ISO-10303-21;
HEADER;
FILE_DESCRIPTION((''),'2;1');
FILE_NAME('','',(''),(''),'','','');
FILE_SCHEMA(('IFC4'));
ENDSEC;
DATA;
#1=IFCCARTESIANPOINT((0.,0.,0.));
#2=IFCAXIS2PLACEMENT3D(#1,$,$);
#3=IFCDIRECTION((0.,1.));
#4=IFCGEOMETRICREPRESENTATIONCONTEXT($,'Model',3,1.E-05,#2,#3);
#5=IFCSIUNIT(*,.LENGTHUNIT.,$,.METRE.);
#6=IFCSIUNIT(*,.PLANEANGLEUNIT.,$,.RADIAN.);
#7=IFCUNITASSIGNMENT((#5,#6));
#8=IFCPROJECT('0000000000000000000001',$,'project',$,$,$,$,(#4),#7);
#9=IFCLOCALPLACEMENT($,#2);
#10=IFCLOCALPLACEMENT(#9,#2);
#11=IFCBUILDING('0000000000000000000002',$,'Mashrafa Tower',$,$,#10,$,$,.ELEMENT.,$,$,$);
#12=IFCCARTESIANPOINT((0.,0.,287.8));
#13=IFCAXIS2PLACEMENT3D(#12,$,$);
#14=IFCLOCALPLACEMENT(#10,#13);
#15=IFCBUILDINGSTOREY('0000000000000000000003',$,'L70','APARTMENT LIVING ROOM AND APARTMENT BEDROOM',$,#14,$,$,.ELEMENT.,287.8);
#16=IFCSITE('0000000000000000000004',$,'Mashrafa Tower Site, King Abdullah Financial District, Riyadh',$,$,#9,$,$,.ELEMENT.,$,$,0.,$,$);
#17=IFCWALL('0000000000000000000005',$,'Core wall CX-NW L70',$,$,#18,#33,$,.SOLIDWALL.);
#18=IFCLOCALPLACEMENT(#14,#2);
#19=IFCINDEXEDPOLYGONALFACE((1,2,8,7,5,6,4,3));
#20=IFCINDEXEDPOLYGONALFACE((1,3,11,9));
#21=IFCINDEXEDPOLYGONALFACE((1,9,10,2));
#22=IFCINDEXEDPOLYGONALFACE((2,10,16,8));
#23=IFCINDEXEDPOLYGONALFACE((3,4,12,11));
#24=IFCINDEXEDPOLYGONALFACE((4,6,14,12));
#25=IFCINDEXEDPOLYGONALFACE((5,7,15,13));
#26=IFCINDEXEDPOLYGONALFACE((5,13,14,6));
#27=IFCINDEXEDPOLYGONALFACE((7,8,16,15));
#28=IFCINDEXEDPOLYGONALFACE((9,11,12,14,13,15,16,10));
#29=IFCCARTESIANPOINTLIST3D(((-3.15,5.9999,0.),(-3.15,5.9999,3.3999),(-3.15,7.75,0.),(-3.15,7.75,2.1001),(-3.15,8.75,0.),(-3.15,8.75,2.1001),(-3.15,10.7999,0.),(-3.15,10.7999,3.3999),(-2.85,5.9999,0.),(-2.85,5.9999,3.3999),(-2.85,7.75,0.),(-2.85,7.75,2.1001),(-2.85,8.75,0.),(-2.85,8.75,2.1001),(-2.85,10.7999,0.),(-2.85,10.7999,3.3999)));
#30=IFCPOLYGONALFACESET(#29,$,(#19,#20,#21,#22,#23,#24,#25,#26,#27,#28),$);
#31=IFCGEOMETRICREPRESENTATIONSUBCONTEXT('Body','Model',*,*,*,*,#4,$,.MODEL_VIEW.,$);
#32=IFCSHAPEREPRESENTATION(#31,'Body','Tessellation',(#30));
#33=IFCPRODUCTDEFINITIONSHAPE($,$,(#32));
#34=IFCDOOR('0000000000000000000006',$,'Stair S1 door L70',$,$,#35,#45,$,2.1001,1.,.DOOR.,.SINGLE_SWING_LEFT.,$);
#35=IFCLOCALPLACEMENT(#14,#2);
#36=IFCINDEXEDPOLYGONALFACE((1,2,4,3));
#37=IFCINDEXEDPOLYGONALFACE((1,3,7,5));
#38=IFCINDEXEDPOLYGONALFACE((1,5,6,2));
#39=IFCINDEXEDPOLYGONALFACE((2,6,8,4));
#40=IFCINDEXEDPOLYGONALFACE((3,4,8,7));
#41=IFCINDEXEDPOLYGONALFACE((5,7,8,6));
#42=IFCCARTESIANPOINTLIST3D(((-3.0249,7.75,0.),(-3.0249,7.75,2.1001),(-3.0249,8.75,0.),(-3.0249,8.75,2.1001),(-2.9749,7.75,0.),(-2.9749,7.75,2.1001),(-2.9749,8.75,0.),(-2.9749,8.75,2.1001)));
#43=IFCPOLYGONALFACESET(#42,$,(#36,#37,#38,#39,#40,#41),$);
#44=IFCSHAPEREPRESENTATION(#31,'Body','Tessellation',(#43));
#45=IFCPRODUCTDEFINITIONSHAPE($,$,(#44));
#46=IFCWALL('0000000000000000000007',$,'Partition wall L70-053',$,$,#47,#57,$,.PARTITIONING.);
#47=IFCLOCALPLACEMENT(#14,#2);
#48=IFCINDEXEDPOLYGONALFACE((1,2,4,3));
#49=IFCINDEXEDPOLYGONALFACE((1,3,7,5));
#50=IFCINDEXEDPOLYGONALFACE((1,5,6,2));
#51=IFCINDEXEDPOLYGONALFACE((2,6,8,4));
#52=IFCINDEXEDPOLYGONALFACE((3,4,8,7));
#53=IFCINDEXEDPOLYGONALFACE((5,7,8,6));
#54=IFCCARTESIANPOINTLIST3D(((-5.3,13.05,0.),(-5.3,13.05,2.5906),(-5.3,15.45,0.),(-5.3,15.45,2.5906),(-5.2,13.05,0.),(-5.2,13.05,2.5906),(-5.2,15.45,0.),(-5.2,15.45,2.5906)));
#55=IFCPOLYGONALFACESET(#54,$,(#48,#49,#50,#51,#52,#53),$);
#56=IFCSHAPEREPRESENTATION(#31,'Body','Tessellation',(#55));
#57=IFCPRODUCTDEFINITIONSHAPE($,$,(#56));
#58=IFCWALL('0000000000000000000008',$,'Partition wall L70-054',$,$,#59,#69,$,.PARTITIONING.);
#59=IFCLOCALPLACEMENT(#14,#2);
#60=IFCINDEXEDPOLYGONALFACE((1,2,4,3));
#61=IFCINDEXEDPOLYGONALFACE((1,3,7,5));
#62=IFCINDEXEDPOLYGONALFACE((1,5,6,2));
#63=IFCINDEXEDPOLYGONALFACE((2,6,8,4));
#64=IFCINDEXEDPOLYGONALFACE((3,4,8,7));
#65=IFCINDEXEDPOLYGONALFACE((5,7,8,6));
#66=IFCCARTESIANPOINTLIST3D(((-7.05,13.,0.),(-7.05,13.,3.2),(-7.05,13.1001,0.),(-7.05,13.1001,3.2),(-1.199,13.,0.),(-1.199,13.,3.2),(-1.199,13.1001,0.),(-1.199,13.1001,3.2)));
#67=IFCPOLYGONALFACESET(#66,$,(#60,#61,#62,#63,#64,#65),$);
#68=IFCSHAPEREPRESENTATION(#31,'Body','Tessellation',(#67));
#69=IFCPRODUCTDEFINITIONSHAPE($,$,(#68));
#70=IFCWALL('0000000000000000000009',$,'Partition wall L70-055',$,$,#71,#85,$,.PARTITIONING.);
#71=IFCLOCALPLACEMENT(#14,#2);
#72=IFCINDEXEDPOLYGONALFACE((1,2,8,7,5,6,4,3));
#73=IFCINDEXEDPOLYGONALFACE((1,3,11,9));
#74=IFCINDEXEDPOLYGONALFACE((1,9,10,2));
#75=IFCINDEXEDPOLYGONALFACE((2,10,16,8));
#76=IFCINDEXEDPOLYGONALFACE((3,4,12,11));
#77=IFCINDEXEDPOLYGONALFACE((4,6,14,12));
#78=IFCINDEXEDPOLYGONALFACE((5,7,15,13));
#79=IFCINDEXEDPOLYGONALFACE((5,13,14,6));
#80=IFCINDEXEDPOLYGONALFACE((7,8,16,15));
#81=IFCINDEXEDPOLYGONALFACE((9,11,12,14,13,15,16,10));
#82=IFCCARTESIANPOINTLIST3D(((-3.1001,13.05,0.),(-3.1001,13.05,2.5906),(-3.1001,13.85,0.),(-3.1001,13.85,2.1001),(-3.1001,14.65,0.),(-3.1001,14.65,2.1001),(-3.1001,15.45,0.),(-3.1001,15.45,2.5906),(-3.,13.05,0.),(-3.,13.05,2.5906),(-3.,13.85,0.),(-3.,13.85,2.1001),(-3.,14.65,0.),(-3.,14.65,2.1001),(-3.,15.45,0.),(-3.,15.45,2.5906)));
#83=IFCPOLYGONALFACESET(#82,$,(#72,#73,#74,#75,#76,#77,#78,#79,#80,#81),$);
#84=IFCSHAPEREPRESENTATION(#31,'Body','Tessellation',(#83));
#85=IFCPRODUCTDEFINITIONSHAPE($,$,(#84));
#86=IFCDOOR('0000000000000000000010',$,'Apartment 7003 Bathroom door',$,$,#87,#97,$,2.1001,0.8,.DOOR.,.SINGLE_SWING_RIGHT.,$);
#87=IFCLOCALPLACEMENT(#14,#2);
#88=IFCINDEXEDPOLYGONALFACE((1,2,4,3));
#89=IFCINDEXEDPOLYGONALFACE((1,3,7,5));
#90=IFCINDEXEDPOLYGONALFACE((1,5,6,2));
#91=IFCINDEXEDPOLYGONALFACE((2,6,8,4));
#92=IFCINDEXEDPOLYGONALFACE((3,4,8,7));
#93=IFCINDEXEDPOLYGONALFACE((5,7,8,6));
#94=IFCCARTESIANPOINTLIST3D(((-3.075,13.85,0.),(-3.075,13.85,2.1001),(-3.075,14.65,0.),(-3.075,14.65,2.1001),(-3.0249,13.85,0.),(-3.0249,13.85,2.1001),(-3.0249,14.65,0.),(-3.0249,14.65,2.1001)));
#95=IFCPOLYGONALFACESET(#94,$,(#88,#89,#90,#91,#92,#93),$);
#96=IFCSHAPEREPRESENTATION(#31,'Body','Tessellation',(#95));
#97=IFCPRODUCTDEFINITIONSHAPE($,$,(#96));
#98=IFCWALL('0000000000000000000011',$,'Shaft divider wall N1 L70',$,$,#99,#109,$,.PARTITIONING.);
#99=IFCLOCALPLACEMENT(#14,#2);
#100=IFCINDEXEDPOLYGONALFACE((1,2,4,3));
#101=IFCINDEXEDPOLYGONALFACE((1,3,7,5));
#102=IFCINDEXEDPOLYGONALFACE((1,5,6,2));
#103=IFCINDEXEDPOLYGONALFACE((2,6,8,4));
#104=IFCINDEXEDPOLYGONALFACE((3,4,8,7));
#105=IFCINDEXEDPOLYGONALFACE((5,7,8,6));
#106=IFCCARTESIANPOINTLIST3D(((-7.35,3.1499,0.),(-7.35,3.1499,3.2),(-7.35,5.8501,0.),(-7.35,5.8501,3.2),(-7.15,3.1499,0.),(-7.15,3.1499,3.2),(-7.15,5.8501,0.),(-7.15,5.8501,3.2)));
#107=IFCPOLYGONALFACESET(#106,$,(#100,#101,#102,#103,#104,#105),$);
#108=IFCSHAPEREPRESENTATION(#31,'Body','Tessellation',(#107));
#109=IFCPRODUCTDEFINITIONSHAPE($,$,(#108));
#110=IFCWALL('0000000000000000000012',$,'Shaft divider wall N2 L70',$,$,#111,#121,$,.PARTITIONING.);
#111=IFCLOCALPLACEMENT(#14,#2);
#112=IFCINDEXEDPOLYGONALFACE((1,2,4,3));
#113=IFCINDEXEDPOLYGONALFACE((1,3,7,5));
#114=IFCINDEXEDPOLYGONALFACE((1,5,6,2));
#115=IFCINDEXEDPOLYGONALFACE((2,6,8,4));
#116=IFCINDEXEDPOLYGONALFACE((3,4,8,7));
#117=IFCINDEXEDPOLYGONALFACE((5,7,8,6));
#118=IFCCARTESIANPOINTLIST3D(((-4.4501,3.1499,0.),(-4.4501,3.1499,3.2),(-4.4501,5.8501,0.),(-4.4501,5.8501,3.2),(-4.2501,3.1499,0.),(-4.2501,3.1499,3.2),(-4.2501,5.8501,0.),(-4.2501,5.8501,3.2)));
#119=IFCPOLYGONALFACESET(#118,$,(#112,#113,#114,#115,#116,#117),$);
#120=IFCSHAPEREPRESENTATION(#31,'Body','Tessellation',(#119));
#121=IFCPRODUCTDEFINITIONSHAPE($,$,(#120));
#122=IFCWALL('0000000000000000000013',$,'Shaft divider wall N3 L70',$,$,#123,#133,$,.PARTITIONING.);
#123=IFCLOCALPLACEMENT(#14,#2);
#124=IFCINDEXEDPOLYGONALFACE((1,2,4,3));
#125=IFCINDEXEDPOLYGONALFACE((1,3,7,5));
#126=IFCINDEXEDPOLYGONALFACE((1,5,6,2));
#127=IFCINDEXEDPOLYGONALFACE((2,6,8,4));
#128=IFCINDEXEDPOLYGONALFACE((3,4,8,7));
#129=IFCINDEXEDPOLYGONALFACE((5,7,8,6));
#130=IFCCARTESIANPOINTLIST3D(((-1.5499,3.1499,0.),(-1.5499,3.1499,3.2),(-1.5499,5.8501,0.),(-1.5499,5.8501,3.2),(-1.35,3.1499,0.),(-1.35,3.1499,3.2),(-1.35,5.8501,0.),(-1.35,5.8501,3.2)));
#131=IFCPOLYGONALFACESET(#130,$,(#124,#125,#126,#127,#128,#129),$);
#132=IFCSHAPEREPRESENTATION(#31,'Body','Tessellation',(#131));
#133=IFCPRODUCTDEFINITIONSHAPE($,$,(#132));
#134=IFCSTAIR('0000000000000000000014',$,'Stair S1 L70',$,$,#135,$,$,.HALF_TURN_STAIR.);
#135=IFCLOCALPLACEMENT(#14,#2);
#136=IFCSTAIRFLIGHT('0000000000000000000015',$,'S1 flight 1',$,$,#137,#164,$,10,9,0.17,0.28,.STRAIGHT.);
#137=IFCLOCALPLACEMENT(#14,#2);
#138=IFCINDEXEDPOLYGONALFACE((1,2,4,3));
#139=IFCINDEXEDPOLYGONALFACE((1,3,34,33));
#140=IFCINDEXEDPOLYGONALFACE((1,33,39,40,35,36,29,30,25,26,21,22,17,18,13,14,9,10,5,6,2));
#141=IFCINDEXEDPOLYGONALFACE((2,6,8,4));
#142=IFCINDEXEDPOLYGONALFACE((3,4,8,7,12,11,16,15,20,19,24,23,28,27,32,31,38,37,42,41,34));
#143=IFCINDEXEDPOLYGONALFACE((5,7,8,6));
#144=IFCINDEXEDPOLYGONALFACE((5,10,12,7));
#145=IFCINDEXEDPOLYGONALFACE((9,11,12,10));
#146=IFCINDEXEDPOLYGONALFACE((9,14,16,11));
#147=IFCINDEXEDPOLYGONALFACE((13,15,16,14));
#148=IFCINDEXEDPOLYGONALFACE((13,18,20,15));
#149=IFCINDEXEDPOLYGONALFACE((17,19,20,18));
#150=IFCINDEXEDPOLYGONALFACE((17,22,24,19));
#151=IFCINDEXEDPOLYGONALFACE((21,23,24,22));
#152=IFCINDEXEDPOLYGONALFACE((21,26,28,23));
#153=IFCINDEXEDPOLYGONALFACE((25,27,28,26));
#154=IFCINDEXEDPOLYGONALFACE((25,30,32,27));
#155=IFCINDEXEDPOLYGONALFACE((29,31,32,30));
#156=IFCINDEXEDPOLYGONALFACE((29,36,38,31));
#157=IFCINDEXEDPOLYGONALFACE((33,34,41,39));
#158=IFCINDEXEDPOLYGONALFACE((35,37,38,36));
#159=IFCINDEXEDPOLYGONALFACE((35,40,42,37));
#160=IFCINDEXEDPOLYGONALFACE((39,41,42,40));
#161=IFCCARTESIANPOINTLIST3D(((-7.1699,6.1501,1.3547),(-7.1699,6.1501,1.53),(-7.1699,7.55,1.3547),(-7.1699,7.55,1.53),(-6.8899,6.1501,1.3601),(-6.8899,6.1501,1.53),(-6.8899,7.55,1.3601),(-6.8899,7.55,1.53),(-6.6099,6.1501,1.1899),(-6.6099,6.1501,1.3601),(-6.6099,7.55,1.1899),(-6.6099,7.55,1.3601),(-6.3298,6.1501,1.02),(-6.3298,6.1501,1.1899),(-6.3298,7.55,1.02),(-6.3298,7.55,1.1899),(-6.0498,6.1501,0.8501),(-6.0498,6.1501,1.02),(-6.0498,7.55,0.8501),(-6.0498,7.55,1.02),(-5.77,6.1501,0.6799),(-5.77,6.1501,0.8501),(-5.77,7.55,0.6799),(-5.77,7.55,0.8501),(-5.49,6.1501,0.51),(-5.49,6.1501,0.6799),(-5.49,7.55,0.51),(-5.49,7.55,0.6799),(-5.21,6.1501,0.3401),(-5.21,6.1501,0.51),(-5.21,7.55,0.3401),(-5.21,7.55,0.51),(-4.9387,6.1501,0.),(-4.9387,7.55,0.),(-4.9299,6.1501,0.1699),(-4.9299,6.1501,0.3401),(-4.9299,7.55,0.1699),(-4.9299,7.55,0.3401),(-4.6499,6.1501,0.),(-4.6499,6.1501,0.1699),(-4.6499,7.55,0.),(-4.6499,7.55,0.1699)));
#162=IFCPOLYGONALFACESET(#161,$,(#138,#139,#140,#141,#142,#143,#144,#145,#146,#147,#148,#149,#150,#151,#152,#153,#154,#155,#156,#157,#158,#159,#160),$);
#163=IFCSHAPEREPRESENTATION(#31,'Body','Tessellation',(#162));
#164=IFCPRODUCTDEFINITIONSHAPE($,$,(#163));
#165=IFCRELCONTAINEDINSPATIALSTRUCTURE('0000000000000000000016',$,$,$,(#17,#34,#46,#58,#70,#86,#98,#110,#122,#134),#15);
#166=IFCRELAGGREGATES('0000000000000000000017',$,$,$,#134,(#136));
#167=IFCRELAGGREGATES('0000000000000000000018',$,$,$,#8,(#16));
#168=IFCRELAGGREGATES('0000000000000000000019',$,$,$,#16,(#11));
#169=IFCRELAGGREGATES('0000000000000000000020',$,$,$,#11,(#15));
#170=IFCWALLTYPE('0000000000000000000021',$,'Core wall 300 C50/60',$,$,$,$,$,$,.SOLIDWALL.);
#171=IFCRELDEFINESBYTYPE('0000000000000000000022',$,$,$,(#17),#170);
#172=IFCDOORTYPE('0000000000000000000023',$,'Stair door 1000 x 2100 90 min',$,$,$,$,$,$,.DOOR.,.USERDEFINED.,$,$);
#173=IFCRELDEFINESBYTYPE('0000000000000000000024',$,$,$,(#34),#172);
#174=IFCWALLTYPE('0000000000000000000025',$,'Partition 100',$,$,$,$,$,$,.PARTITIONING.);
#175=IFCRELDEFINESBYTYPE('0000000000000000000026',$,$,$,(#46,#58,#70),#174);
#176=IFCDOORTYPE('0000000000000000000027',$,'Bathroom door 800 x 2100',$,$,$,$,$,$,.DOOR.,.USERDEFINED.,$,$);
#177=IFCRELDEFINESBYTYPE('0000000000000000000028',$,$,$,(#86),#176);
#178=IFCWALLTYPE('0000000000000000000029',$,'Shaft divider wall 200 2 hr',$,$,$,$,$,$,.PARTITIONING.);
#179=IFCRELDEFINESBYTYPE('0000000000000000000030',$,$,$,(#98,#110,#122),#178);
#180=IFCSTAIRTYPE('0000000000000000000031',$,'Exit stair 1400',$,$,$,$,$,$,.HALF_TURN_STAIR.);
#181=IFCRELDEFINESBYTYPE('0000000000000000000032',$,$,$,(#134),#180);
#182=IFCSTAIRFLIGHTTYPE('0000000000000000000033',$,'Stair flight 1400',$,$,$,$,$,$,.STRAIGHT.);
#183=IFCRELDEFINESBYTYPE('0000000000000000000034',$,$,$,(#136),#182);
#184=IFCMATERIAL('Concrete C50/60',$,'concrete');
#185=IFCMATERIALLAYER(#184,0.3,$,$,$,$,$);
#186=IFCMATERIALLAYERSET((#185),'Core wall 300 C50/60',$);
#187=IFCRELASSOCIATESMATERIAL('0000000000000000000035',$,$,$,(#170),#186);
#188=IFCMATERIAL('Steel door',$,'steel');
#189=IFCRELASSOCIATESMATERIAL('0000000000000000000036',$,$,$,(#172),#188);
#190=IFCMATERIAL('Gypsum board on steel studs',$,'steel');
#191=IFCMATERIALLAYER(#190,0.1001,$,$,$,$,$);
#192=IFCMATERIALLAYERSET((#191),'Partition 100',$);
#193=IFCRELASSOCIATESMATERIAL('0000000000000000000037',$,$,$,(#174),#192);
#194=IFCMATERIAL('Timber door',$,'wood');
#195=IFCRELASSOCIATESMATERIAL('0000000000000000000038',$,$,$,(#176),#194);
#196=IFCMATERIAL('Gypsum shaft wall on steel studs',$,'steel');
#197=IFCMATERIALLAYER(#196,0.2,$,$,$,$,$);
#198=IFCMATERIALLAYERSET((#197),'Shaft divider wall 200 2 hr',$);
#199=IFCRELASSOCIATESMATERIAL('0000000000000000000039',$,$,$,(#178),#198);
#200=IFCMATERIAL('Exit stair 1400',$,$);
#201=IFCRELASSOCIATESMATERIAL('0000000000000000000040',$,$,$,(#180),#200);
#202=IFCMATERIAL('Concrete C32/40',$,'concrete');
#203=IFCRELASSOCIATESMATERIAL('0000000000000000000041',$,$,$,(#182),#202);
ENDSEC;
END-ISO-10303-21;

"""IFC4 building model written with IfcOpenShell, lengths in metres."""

from ifc_helpers import new_model, si_unit, direction, frame, frame_2d, origin, place, context, subcontext, project, spatial, polyline, rectangle, outline, extrude, material, layer, layer_set, type_object, element, fill, aggregate, save


model = new_model("IFC4")

# Units and contexts
model_context = context("Model", 3, precision=1e-05, world=origin(), true_north=direction((0.0, 1.0)))
body_context = subcontext(model_context, "Body", "Model", "MODEL_VIEW")
ifc_project = project(units=[si_unit("LENGTHUNIT", "METRE"), si_unit("PLANEANGLEUNIT", "RADIAN")], contexts=[model_context])

# Site, building, storey
site_placement = place(None, origin())
site = spatial("IfcSite", under=ifc_project, at=site_placement, Name="Mashrafa Tower Site, King Abdullah Financial District, Riyadh", CompositionType="ELEMENT", RefElevation=0.0)
building_placement = place(site_placement, origin())
building = spatial("IfcBuilding", under=site, at=building_placement, Name="Mashrafa Tower", CompositionType="ELEMENT")
storey_placement = place(building_placement, frame((0.0, 0.0, 287.8)))
storey = spatial("IfcBuildingStorey", under=building, at=storey_placement, Name="L70", Description="APARTMENT LIVING ROOM AND APARTMENT BEDROOM", CompositionType="ELEMENT", Elevation=287.8)

# Wall, opening, door
ifc_material_1 = material(Name="Concrete C50/60", Category="concrete")
ifc_layer_1 = layer(ifc_material_1, 0.3)
ifc_layer_set_1 = layer_set([ifc_layer_1], Name="Core wall 300 C50/60")
wall_type_1 = type_object("IfcWallType", Name="Core wall 300 C50/60", PredefinedType="SOLIDWALL", material=ifc_layer_set_1)
wall_1_placement = place(storey_placement, frame((-3.0, 6.0, 0.0), z_axis=(0.0, 0.0, 1.0), x_axis=(0.0, 1.0, 0.0)))
wall_1 = element("IfcWall", 1, at=wall_1_placement, inside=storey, type_object=wall_type_1, Name="Core wall CX-NW L70", PredefinedType="SOLIDWALL", context=body_context, shape_type="SweptSolid", body=[
    extrude(rectangle(XDim=4.8, YDim=0.3, at=frame_2d((2.3999, 0.0))), origin(), (0.0, 0.0, 1.0), 3.3999),
])
opening_1_placement = place(wall_1_placement, frame((1.75, 0.0, 0.0)))
opening_1 = element("IfcOpeningElement", 2, at=opening_1_placement, cuts=wall_1, PredefinedType="OPENING", context=body_context, shape_type="SweptSolid", body=[
    extrude(rectangle(XDim=1.0, YDim=2.1001, at=frame_2d((0.5, 1.05))), frame((0.0, 0.1599, 0.0), z_axis=(0.0, -1.0, 0.0), x_axis=(1.0, 0.0, 0.0)), (0.0, 0.0, 1.0), 0.3201),
])
ifc_material_2 = material(Name="Steel door", Category="steel")
door_type_1 = type_object("IfcDoorType", Name="Stair door 1000 x 2100 90 min", OperationType="USERDEFINED", PredefinedType="DOOR", material=ifc_material_2)
door_1_placement = place(opening_1_placement, origin())
door_1 = element("IfcDoor", 3, at=door_1_placement, inside=storey, type_object=door_type_1, Name="Stair S1 door L70", OperationType="SINGLE_SWING_LEFT", OverallHeight=2.1001, OverallWidth=1.0, PredefinedType="DOOR", context=body_context, shape_type="SweptSolid", body=[
    extrude(rectangle(XDim=1.0, YDim=2.1001, at=frame_2d((0.5, 1.05))), frame((0.0, 0.0249, 0.0), z_axis=(0.0, -1.0, 0.0), x_axis=(1.0, 0.0, 0.0)), (0.0, 0.0, 1.0), 0.05),
])
fill(opening_1, door_1)

# Walls
ifc_material_3 = material(Name="Gypsum board on steel studs", Category="steel")
ifc_layer_2 = layer(ifc_material_3, 0.1001)
ifc_layer_set_2 = layer_set([ifc_layer_2], Name="Partition 100")
wall_type_2 = type_object("IfcWallType", Name="Partition 100", PredefinedType="PARTITIONING", material=ifc_layer_set_2)
wall_2_placement = place(storey_placement, frame((-5.25, 13.05, 0.0), z_axis=(0.0, 0.0, 1.0), x_axis=(0.0, 1.0, 0.0)))
element("IfcWall", 4, at=wall_2_placement, inside=storey, type_object=wall_type_2, Name="Partition wall L70-053", PredefinedType="PARTITIONING", context=body_context, shape_type="SweptSolid", body=[
    extrude(rectangle(XDim=2.3999, YDim=0.1001, at=frame_2d((1.2, 0.0))), origin(), (0.0, 0.0, 1.0), 2.5906),
])
wall_3_placement = place(storey_placement, frame((-7.05, 13.05, 0.0), z_axis=(0.0, 0.0, 1.0), x_axis=(1.0, 0.0, 0.0)))
element("IfcWall", 5, at=wall_3_placement, inside=storey, type_object=wall_type_2, Name="Partition wall L70-054", PredefinedType="PARTITIONING", context=body_context, shape_type="SweptSolid", body=[
    extrude(rectangle(XDim=5.8511, YDim=0.1001, at=frame_2d((2.9255, 0.0))), origin(), (0.0, 0.0, 1.0), 3.2),
])

# Wall, opening, door
wall_4_placement = place(storey_placement, frame((-3.05, 13.05, 0.0), z_axis=(0.0, 0.0, 1.0), x_axis=(0.0, 1.0, 0.0)))
wall_4 = element("IfcWall", 6, at=wall_4_placement, inside=storey, type_object=wall_type_2, Name="Partition wall L70-055", PredefinedType="PARTITIONING", context=body_context, shape_type="SweptSolid", body=[
    extrude(rectangle(XDim=2.3999, YDim=0.1001, at=frame_2d((1.2, 0.0))), origin(), (0.0, 0.0, 1.0), 2.5906),
])
opening_2_placement = place(wall_4_placement, frame((0.8, 0.0, 0.0)))
opening_2 = element("IfcOpeningElement", 7, at=opening_2_placement, cuts=wall_4, PredefinedType="OPENING", context=body_context, shape_type="SweptSolid", body=[
    extrude(rectangle(XDim=0.8, YDim=2.1001, at=frame_2d((0.3999, 1.05))), frame((0.0, 0.0601, 0.0), z_axis=(0.0, -1.0, 0.0), x_axis=(1.0, 0.0, 0.0)), (0.0, 0.0, 1.0), 0.1201),
])
ifc_material_4 = material(Name="Timber door", Category="wood")
door_type_2 = type_object("IfcDoorType", Name="Bathroom door 800 x 2100", OperationType="USERDEFINED", PredefinedType="DOOR", material=ifc_material_4)
door_2_placement = place(opening_2_placement, origin())
door_2 = element("IfcDoor", 8, at=door_2_placement, inside=storey, type_object=door_type_2, Name="Apartment 7003 Bathroom door", OperationType="SINGLE_SWING_RIGHT", OverallHeight=2.1001, OverallWidth=0.8, PredefinedType="DOOR", context=body_context, shape_type="SweptSolid", body=[
    extrude(rectangle(XDim=0.8, YDim=2.1001, at=frame_2d((0.3999, 1.05))), frame((0.0, 0.0249, 0.0), z_axis=(0.0, -1.0, 0.0), x_axis=(1.0, 0.0, 0.0)), (0.0, 0.0, 1.0), 0.05),
])
fill(opening_2, door_2)

# Walls
ifc_material_5 = material(Name="Gypsum shaft wall on steel studs", Category="steel")
ifc_layer_3 = layer(ifc_material_5, 0.2)
ifc_layer_set_3 = layer_set([ifc_layer_3], Name="Shaft divider wall 200 2 hr")
wall_type_3 = type_object("IfcWallType", Name="Shaft divider wall 200 2 hr", PredefinedType="PARTITIONING", material=ifc_layer_set_3)
for number, where, z_axis, x_axis, name in (
    (9, (-7.25, 3.1499, 0.0), (0.0, 0.0, 1.0), (0.0, 1.0, 0.0), "Shaft divider wall N1 L70"),
    (10, (-4.3501, 3.1499, 0.0), (0.0, 0.0, 1.0), (0.0, 1.0, 0.0), "Shaft divider wall N2 L70"),
    (11, (-1.45, 3.1499, 0.0), (0.0, 0.0, 1.0), (0.0, 1.0, 0.0), "Shaft divider wall N3 L70"),
):
    element("IfcWall", number, at=place(storey_placement, frame(where, z_axis=z_axis, x_axis=x_axis)), inside=storey, type_object=wall_type_3, Name=name, PredefinedType="PARTITIONING", context=body_context, shape_type="SweptSolid", body=[
        extrude(rectangle(XDim=2.7002, YDim=0.2, at=frame_2d((1.3501, 0.0))), origin(), (0.0, 0.0, 1.0), 3.2),
    ])

# Stair, stair flight
ifc_material_6 = material(Name="Exit stair 1400")
stair_type = type_object("IfcStairType", Name="Exit stair 1400", PredefinedType="HALF_TURN_STAIR", material=ifc_material_6)
stair_placement = place(storey_placement, origin())
stair = element("IfcStair", 12, at=stair_placement, inside=storey, type_object=stair_type, Name="Stair S1 L70", PredefinedType="HALF_TURN_STAIR")
ifc_material_7 = material(Name="Concrete C32/40", Category="concrete")
stair_flight_type = type_object("IfcStairFlightType", Name="Stair flight 1400", PredefinedType="STRAIGHT", material=ifc_material_7)
stair_flight_1_placement = place(storey_placement, frame((-4.6499, 6.8501, 0.0), z_axis=(0.0, 0.0, 1.0), x_axis=(-1.0, 0.0, 0.0)))
stair_flight_1 = element("IfcStairFlight", 13, at=stair_flight_1_placement, type_object=stair_flight_type, Name="S1 flight 1", NumberOfRisers=10, NumberOfTreads=9, PredefinedType="STRAIGHT", RiserHeight=0.17, TreadLength=0.28, context=body_context, shape_type="SweptSolid", body=[
    extrude(outline(polyline([(0.0, 0.0), (0.0, 0.1699), (0.28, 0.1699), (0.28, 0.3401), (0.5601, 0.3401), (0.5601, 0.51), (0.8401, 0.51), (0.8401, 0.6799), (1.1201, 0.6799), (1.1201, 0.8501), (1.3999, 0.8501), (1.3999, 1.02), (1.6799, 1.02), (1.6799, 1.1899), (1.96, 1.1899), (1.96, 1.3601), (2.24, 1.3601), (2.24, 1.53), (2.52, 1.53), (2.52, 1.7), (2.52, 1.3547), (0.2888, 0.0), (0.0, 0.0)])), frame((0.0, 0.7, 0.0), z_axis=(0.0, -1.0, 0.0), x_axis=(1.0, 0.0, 0.0)), (0.0, 0.0, 1.0), 1.3999),
])
aggregate(stair, [stair_flight_1])

save(model, "model.ifc")
